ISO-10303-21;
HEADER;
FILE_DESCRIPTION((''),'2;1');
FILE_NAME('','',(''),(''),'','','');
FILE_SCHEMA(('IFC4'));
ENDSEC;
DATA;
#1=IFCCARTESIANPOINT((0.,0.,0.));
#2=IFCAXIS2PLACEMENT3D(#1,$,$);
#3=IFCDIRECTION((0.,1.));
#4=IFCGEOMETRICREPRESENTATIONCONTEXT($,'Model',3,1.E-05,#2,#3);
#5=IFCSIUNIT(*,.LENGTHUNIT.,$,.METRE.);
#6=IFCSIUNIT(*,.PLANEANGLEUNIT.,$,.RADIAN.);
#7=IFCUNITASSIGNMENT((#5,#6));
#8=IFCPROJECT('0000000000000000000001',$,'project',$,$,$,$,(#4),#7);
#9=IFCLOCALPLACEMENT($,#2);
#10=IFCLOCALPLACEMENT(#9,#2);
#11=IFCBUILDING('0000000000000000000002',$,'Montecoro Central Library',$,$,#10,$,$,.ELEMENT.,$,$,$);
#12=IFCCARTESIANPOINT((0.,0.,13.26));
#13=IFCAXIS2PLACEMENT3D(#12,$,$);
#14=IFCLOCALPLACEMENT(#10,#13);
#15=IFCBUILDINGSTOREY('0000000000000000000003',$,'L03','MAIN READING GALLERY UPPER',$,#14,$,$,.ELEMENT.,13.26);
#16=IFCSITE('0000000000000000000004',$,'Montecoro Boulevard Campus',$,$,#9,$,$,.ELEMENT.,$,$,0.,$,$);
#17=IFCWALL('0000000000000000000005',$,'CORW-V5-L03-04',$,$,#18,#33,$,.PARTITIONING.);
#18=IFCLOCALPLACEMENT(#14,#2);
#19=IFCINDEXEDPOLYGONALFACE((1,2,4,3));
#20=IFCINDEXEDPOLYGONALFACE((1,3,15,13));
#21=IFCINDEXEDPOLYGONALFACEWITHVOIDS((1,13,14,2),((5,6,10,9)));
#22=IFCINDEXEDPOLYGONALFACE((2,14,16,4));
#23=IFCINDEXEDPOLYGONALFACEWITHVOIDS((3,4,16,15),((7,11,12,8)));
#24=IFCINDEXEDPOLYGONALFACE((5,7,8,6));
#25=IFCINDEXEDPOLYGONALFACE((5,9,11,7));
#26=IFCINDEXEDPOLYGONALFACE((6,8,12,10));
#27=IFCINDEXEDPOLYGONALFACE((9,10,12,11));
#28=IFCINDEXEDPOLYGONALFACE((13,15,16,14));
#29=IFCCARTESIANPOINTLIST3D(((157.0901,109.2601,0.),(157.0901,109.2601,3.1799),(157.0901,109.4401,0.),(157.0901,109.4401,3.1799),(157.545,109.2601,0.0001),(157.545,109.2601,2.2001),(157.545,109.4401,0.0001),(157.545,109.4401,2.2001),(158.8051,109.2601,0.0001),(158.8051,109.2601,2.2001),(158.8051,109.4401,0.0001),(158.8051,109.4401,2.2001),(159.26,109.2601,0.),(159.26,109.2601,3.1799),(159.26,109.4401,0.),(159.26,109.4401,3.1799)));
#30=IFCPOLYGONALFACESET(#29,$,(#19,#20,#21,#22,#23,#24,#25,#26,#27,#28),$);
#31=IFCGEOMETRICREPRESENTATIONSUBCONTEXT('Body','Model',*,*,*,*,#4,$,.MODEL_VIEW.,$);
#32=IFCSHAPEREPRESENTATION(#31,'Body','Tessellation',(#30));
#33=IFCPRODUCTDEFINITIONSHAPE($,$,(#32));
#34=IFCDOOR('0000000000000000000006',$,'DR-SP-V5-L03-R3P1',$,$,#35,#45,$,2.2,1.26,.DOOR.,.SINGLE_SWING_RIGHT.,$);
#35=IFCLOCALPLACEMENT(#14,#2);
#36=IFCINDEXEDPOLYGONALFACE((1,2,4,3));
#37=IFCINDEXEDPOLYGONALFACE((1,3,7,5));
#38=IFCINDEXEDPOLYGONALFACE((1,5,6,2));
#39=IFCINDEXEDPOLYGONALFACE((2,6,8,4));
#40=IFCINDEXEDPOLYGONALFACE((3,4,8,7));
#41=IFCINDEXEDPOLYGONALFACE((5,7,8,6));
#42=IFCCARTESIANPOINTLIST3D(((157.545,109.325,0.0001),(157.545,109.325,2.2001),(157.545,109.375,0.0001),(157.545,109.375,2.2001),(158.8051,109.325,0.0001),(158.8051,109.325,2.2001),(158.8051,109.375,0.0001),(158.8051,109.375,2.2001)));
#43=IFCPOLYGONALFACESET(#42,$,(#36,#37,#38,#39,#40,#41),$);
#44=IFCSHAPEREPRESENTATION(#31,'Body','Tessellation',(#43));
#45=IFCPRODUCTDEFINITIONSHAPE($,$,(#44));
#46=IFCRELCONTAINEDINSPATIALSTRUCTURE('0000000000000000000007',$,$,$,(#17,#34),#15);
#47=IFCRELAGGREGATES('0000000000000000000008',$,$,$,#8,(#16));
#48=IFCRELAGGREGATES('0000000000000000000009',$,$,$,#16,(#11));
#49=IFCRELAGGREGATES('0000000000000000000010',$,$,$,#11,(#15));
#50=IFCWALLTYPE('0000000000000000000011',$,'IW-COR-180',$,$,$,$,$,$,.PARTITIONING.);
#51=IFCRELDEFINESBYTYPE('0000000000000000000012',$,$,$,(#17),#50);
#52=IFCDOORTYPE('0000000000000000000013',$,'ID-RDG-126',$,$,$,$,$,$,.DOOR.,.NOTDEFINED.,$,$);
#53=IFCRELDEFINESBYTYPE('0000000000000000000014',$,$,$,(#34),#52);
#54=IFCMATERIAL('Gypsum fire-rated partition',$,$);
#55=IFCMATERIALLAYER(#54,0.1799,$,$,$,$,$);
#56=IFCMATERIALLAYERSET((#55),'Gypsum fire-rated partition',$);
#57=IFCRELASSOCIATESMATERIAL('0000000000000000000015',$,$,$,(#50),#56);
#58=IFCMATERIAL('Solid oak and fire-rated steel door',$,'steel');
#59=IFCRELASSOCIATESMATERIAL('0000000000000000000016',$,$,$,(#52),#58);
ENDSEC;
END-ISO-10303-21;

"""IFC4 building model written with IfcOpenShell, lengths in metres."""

from ifc_helpers import new_model, si_unit, direction, frame, frame_2d, origin, place, context, subcontext, project, spatial, rectangle, extrude, material, layer, layer_set, type_object, element, fill, save


model = new_model("IFC4")

# Units and contexts
model_context = context("Model", 3, precision=1e-05, world=origin(), true_north=direction((0.0, 1.0)))
body_context = subcontext(model_context, "Body", "Model", "MODEL_VIEW")
ifc_project = project(units=[si_unit("LENGTHUNIT", "METRE"), si_unit("PLANEANGLEUNIT", "RADIAN")], contexts=[model_context])

# Site, building, storey
site_placement = place(None, origin())
site = spatial("IfcSite", under=ifc_project, at=site_placement, Name="Montecoro Boulevard Campus", CompositionType="ELEMENT", RefElevation=0.0)
building_placement = place(site_placement, origin())
building = spatial("IfcBuilding", under=site, at=building_placement, Name="Montecoro Central Library", CompositionType="ELEMENT")
storey_placement = place(building_placement, frame((0.0, 0.0, 13.26)))
storey = spatial("IfcBuildingStorey", under=building, at=storey_placement, Name="L03", Description="MAIN READING GALLERY UPPER", CompositionType="ELEMENT", Elevation=13.26)

# Wall, opening, door
ifc_material_1 = material(Name="Gypsum fire-rated partition")
ifc_layer_1 = layer(ifc_material_1, 0.1799)
ifc_layer_set_1 = layer_set([ifc_layer_1], Name="Gypsum fire-rated partition")
wall_type_1 = type_object("IfcWallType", Name="IW-COR-180", PredefinedType="PARTITIONING", material=ifc_layer_set_1)
wall_1_placement = place(storey_placement, frame((157.0901, 109.3501, 0.0), z_axis=(0.0, 0.0, 1.0), x_axis=(1.0, 0.0, 0.0)))
wall_1 = element("IfcWall", 1, at=wall_1_placement, inside=storey, type_object=wall_type_1, Name="CORW-V5-L03-04", PredefinedType="PARTITIONING", context=body_context, shape_type="SweptSolid", body=[
    extrude(rectangle(XDim=2.1699, YDim=0.1799, at=frame_2d((1.085, 0.0))), origin(), (0.0, 0.0, 1.0), 3.1799),
])
opening_1_placement = place(wall_1_placement, frame((0.4551, 0.0, 0.0)))
opening_1 = element("IfcOpeningElement", 2, at=opening_1_placement, cuts=wall_1, PredefinedType="OPENING", context=body_context, shape_type="SweptSolid", body=[
    extrude(rectangle(XDim=1.26, YDim=2.2, at=frame_2d((0.6299, 1.1001))), frame((0.0, 0.0999, 0.0), z_axis=(0.0, -1.0, 0.0), x_axis=(1.0, 0.0, 0.0)), (0.0, 0.0, 1.0), 0.2),
])
ifc_material_2 = material(Name="Solid oak and fire-rated steel door", Category="steel")
door_type_1 = type_object("IfcDoorType", Name="ID-RDG-126", OperationType="NOTDEFINED", PredefinedType="DOOR", material=ifc_material_2)
door_1_placement = place(opening_1_placement, origin())
door_1 = element("IfcDoor", 3, at=door_1_placement, inside=storey, type_object=door_type_1, Name="DR-SP-V5-L03-R3P1", OperationType="SINGLE_SWING_RIGHT", OverallHeight=2.2, OverallWidth=1.26, PredefinedType="DOOR", context=body_context, shape_type="SweptSolid", body=[
    extrude(rectangle(XDim=1.26, YDim=2.2, at=frame_2d((0.6299, 1.1001))), frame((0.0, 0.0249, 0.0), z_axis=(0.0, -1.0, 0.0), x_axis=(1.0, 0.0, 0.0)), (0.0, 0.0, 1.0), 0.05),
])
fill(opening_1, door_1)

save(model, "model.ifc")
